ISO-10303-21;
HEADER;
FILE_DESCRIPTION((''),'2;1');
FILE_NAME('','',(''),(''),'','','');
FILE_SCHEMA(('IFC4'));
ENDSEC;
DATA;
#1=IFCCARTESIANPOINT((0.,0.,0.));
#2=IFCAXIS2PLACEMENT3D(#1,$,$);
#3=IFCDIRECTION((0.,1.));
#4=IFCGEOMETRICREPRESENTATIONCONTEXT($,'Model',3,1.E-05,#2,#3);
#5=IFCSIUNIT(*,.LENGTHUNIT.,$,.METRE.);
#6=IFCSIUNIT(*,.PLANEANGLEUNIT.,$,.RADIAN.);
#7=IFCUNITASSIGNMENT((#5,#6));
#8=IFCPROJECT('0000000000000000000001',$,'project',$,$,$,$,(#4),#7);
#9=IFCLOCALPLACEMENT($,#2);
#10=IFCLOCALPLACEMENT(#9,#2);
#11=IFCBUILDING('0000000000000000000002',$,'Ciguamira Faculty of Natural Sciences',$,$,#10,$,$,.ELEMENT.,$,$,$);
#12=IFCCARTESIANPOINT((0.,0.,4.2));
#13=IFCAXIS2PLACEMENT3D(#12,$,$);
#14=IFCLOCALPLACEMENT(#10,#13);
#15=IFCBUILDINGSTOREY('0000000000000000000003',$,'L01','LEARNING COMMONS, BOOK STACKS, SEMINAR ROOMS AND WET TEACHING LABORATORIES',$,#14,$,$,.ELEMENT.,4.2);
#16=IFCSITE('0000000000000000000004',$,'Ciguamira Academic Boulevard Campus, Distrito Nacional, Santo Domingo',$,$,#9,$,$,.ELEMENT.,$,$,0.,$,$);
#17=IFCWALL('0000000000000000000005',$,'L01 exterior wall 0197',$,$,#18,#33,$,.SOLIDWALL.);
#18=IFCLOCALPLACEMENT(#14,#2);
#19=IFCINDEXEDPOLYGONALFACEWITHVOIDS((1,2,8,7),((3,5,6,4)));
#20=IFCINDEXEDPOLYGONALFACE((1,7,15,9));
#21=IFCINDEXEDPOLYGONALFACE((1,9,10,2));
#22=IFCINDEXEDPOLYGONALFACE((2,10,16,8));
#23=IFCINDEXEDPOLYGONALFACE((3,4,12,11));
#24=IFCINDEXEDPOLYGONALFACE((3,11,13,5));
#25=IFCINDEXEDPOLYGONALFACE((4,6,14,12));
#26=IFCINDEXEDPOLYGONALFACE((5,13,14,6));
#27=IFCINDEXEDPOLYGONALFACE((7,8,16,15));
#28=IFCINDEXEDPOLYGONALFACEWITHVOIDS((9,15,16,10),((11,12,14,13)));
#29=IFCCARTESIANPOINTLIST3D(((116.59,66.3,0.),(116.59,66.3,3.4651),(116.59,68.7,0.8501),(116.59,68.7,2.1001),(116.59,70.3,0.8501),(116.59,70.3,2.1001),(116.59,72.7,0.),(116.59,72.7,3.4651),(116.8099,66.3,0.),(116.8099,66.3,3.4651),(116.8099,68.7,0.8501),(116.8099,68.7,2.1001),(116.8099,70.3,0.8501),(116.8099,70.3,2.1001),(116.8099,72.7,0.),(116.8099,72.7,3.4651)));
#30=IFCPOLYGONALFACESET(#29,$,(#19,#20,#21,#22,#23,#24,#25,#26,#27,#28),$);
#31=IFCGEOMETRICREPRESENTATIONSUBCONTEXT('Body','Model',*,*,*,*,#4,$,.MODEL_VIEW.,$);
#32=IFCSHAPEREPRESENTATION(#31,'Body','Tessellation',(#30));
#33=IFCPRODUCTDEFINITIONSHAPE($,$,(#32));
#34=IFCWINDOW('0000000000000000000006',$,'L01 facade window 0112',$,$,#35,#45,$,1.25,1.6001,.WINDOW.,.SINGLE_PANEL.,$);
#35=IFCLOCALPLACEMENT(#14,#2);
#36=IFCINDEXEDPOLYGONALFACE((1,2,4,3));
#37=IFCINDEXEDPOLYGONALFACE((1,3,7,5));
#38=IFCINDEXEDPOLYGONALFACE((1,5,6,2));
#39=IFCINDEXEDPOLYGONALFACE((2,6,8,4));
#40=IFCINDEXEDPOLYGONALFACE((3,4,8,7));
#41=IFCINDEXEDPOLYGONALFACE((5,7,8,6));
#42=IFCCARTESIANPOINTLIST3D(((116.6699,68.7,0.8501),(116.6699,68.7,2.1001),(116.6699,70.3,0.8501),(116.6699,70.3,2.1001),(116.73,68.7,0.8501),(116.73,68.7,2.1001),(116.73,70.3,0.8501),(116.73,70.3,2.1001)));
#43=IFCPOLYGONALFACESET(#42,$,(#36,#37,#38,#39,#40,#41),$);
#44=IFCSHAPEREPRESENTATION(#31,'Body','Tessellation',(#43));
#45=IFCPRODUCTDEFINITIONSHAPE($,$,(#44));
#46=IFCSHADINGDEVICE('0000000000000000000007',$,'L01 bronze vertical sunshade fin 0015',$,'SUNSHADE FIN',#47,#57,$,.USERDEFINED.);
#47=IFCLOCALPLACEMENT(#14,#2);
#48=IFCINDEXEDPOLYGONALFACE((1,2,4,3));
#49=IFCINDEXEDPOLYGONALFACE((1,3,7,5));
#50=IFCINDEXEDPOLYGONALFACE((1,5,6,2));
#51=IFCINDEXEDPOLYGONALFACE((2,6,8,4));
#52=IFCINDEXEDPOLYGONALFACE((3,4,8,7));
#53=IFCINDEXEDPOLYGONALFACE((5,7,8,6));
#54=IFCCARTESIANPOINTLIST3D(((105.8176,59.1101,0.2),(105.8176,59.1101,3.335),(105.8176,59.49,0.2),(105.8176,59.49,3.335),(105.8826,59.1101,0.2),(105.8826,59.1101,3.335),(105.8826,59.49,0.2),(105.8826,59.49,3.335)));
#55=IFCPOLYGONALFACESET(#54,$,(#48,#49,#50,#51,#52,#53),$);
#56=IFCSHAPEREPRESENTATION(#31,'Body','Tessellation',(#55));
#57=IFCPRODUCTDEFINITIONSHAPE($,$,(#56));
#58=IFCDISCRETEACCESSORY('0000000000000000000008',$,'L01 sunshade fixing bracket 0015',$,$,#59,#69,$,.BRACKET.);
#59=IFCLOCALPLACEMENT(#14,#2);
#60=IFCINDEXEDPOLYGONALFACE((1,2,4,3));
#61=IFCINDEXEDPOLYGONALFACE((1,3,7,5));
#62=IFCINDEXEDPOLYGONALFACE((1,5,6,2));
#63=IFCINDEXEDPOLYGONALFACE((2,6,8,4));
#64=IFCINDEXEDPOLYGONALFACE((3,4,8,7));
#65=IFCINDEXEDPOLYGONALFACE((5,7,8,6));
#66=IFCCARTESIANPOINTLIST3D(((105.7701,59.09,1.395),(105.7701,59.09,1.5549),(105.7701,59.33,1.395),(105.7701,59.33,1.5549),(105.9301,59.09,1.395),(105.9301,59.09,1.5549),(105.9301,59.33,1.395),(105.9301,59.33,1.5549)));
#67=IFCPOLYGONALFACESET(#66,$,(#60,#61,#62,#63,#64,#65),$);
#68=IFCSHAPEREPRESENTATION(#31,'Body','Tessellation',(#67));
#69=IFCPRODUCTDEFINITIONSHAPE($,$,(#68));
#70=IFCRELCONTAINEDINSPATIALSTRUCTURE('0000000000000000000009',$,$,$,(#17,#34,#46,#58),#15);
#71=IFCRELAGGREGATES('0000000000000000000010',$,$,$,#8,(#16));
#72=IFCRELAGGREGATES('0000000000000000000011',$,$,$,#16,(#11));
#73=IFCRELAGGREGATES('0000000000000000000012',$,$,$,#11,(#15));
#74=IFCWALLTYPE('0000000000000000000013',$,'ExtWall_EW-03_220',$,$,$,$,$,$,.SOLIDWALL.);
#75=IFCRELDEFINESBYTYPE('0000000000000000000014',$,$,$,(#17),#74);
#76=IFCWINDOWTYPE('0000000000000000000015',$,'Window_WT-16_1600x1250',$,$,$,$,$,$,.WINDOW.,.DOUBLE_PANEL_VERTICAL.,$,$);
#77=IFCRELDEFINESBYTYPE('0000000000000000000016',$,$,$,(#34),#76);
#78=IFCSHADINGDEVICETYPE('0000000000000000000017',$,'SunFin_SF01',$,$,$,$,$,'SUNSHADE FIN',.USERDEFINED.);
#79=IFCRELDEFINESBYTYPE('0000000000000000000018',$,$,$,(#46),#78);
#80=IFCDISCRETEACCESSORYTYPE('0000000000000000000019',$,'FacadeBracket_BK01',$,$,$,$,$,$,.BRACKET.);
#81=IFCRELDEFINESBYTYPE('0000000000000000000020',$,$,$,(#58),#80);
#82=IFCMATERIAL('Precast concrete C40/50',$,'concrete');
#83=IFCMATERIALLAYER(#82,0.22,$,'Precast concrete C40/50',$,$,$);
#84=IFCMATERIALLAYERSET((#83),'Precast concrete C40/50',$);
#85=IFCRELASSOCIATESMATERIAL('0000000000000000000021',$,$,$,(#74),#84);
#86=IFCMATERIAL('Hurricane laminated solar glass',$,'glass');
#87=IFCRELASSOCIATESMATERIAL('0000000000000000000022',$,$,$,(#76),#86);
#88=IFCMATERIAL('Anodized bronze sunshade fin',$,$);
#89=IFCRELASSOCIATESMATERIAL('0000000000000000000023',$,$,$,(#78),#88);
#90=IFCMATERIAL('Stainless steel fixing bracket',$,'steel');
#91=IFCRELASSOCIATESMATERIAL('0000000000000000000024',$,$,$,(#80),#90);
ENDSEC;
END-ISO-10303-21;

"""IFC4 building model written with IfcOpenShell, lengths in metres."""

from ifc_helpers import new_model, si_unit, direction, frame, frame_2d, origin, origin_2d, place, context, subcontext, project, spatial, rectangle, extrude, material, layer, layer_set, material_profile, profile_set, type_object, element, fill, save


model = new_model("IFC4")

# Units and contexts
model_context = context("Model", 3, precision=1e-05, world=origin(), true_north=direction((0.0, 1.0)))
body_context = subcontext(model_context, "Body", "Model", "MODEL_VIEW")
ifc_project = project(units=[si_unit("LENGTHUNIT", "METRE"), si_unit("PLANEANGLEUNIT", "RADIAN")], contexts=[model_context])

# Site, building, storey
site_placement = place(None, origin())
site = spatial("IfcSite", under=ifc_project, at=site_placement, Name="Ciguamira Academic Boulevard Campus, Distrito Nacional, Santo Domingo", CompositionType="ELEMENT", RefElevation=0.0)
building_placement = place(site_placement, origin())
building = spatial("IfcBuilding", under=site, at=building_placement, Name="Ciguamira Faculty of Natural Sciences", CompositionType="ELEMENT")
storey_placement = place(building_placement, frame((0.0, 0.0, 4.2)))
storey = spatial("IfcBuildingStorey", under=building, at=storey_placement, Name="L01", Description="LEARNING COMMONS, BOOK STACKS, SEMINAR ROOMS AND WET TEACHING LABORATORIES", CompositionType="ELEMENT", Elevation=4.2)

# Shared definitions
ifc_material_1 = material(Name="Precast concrete C40/50", Category="concrete")

# Wall, opening, window
ifc_layer = layer(ifc_material_1, 0.22, Name="Precast concrete C40/50")
ifc_layer_set = layer_set([ifc_layer], Name="Precast concrete C40/50")
wall_type = type_object("IfcWallType", Name="ExtWall_EW-03_220", PredefinedType="SOLIDWALL", material=ifc_layer_set)
ifc_material_2 = material(Name="Hurricane laminated solar glass", Category="glass")
wall_1_placement = place(storey_placement, frame((116.7, 66.3, 0.0), z_axis=(0.0, 0.0, 1.0), x_axis=(0.0, 1.0, 0.0)))
wall_1 = element("IfcWall", 1, at=wall_1_placement, inside=storey, type_object=wall_type, Name="L01 exterior wall 0197", PredefinedType="SOLIDWALL", context=body_context, shape_type="SweptSolid", body=[
    extrude(rectangle(XDim=6.3999, YDim=0.22, at=frame_2d((3.2, 0.0))), origin(), (0.0, 0.0, 1.0), 3.4651),
])
opening_1_placement = place(wall_1_placement, frame((2.3999, 0.0, 0.8501)))
opening_1 = element("IfcOpeningElement", 2, at=opening_1_placement, cuts=wall_1, PredefinedType="OPENING", context=body_context, shape_type="SweptSolid", body=[
    extrude(rectangle(XDim=1.6001, YDim=1.25, at=frame_2d((0.8, 0.625))), frame((0.0, 0.1199, 0.0), z_axis=(0.0, -1.0, 0.0), x_axis=(1.0, 0.0, 0.0)), (0.0, 0.0, 1.0), 0.24),
])
window_type_1 = type_object("IfcWindowType", Name="Window_WT-16_1600x1250", PartitioningType="DOUBLE_PANEL_VERTICAL", PredefinedType="WINDOW", material=ifc_material_2)
window_1_placement = place(opening_1_placement, origin())
window_1 = element("IfcWindow", 3, at=window_1_placement, inside=storey, type_object=window_type_1, Name="L01 facade window 0112", OverallHeight=1.25, OverallWidth=1.6001, PartitioningType="SINGLE_PANEL", PredefinedType="WINDOW", context=body_context, shape_type="SweptSolid", body=[
    extrude(rectangle(XDim=1.6001, YDim=1.25, at=frame_2d((0.8, 0.625))), frame((0.0, 0.03, 0.0), z_axis=(0.0, -1.0, 0.0), x_axis=(1.0, 0.0, 0.0)), (0.0, 0.0, 1.0), 0.0601),
])
fill(opening_1, window_1)

# Shading device
ifc_material_3 = material(Name="Anodized bronze sunshade fin")
ifc_material_profile_1 = material_profile(ifc_material_3, rectangle(XDim=0.0649, YDim=0.3799, at=origin_2d()), Name="BRZ-FIN-65X380")
ifc_profile_set_1 = profile_set([ifc_material_profile_1], Name="Anodized bronze sunshade fin")
shading_device_type = type_object("IfcShadingDeviceType", Name="SunFin_SF01", ElementType="SUNSHADE FIN", PredefinedType="USERDEFINED", material=ifc_profile_set_1)
shading_device_placement = place(storey_placement, frame((105.8501, 59.3, 0.2), z_axis=(0.0, 0.0, 1.0), x_axis=(1.0, 0.0, 0.0)))
element("IfcShadingDevice", 4, at=shading_device_placement, inside=storey, type_object=shading_device_type, Name="L01 bronze vertical sunshade fin 0015", ObjectType="SUNSHADE FIN", PredefinedType="USERDEFINED", context=body_context, shape_type="SweptSolid", body=[
    extrude(rectangle(XDim=0.0649, YDim=0.3799, at=origin_2d()), origin(), (0.0, 0.0, 1.0), 3.135),
])

# Discrete accessory
ifc_material_4 = material(Name="Stainless steel fixing bracket", Category="steel")
discrete_accessory_type = type_object("IfcDiscreteAccessoryType", Name="FacadeBracket_BK01", PredefinedType="BRACKET", material=ifc_material_4)
discrete_accessory_placement = place(storey_placement, frame((105.8501, 59.21, 1.395), z_axis=(0.0, 0.0, 1.0), x_axis=(1.0, 0.0, 0.0)))
element("IfcDiscreteAccessory", 5, at=discrete_accessory_placement, inside=storey, type_object=discrete_accessory_type, Name="L01 sunshade fixing bracket 0015", PredefinedType="BRACKET", context=body_context, shape_type="SweptSolid", body=[
    extrude(rectangle(XDim=0.1599, YDim=0.24, at=origin_2d()), origin(), (0.0, 0.0, 1.0), 0.1599),
])

save(model, "model.ifc")
